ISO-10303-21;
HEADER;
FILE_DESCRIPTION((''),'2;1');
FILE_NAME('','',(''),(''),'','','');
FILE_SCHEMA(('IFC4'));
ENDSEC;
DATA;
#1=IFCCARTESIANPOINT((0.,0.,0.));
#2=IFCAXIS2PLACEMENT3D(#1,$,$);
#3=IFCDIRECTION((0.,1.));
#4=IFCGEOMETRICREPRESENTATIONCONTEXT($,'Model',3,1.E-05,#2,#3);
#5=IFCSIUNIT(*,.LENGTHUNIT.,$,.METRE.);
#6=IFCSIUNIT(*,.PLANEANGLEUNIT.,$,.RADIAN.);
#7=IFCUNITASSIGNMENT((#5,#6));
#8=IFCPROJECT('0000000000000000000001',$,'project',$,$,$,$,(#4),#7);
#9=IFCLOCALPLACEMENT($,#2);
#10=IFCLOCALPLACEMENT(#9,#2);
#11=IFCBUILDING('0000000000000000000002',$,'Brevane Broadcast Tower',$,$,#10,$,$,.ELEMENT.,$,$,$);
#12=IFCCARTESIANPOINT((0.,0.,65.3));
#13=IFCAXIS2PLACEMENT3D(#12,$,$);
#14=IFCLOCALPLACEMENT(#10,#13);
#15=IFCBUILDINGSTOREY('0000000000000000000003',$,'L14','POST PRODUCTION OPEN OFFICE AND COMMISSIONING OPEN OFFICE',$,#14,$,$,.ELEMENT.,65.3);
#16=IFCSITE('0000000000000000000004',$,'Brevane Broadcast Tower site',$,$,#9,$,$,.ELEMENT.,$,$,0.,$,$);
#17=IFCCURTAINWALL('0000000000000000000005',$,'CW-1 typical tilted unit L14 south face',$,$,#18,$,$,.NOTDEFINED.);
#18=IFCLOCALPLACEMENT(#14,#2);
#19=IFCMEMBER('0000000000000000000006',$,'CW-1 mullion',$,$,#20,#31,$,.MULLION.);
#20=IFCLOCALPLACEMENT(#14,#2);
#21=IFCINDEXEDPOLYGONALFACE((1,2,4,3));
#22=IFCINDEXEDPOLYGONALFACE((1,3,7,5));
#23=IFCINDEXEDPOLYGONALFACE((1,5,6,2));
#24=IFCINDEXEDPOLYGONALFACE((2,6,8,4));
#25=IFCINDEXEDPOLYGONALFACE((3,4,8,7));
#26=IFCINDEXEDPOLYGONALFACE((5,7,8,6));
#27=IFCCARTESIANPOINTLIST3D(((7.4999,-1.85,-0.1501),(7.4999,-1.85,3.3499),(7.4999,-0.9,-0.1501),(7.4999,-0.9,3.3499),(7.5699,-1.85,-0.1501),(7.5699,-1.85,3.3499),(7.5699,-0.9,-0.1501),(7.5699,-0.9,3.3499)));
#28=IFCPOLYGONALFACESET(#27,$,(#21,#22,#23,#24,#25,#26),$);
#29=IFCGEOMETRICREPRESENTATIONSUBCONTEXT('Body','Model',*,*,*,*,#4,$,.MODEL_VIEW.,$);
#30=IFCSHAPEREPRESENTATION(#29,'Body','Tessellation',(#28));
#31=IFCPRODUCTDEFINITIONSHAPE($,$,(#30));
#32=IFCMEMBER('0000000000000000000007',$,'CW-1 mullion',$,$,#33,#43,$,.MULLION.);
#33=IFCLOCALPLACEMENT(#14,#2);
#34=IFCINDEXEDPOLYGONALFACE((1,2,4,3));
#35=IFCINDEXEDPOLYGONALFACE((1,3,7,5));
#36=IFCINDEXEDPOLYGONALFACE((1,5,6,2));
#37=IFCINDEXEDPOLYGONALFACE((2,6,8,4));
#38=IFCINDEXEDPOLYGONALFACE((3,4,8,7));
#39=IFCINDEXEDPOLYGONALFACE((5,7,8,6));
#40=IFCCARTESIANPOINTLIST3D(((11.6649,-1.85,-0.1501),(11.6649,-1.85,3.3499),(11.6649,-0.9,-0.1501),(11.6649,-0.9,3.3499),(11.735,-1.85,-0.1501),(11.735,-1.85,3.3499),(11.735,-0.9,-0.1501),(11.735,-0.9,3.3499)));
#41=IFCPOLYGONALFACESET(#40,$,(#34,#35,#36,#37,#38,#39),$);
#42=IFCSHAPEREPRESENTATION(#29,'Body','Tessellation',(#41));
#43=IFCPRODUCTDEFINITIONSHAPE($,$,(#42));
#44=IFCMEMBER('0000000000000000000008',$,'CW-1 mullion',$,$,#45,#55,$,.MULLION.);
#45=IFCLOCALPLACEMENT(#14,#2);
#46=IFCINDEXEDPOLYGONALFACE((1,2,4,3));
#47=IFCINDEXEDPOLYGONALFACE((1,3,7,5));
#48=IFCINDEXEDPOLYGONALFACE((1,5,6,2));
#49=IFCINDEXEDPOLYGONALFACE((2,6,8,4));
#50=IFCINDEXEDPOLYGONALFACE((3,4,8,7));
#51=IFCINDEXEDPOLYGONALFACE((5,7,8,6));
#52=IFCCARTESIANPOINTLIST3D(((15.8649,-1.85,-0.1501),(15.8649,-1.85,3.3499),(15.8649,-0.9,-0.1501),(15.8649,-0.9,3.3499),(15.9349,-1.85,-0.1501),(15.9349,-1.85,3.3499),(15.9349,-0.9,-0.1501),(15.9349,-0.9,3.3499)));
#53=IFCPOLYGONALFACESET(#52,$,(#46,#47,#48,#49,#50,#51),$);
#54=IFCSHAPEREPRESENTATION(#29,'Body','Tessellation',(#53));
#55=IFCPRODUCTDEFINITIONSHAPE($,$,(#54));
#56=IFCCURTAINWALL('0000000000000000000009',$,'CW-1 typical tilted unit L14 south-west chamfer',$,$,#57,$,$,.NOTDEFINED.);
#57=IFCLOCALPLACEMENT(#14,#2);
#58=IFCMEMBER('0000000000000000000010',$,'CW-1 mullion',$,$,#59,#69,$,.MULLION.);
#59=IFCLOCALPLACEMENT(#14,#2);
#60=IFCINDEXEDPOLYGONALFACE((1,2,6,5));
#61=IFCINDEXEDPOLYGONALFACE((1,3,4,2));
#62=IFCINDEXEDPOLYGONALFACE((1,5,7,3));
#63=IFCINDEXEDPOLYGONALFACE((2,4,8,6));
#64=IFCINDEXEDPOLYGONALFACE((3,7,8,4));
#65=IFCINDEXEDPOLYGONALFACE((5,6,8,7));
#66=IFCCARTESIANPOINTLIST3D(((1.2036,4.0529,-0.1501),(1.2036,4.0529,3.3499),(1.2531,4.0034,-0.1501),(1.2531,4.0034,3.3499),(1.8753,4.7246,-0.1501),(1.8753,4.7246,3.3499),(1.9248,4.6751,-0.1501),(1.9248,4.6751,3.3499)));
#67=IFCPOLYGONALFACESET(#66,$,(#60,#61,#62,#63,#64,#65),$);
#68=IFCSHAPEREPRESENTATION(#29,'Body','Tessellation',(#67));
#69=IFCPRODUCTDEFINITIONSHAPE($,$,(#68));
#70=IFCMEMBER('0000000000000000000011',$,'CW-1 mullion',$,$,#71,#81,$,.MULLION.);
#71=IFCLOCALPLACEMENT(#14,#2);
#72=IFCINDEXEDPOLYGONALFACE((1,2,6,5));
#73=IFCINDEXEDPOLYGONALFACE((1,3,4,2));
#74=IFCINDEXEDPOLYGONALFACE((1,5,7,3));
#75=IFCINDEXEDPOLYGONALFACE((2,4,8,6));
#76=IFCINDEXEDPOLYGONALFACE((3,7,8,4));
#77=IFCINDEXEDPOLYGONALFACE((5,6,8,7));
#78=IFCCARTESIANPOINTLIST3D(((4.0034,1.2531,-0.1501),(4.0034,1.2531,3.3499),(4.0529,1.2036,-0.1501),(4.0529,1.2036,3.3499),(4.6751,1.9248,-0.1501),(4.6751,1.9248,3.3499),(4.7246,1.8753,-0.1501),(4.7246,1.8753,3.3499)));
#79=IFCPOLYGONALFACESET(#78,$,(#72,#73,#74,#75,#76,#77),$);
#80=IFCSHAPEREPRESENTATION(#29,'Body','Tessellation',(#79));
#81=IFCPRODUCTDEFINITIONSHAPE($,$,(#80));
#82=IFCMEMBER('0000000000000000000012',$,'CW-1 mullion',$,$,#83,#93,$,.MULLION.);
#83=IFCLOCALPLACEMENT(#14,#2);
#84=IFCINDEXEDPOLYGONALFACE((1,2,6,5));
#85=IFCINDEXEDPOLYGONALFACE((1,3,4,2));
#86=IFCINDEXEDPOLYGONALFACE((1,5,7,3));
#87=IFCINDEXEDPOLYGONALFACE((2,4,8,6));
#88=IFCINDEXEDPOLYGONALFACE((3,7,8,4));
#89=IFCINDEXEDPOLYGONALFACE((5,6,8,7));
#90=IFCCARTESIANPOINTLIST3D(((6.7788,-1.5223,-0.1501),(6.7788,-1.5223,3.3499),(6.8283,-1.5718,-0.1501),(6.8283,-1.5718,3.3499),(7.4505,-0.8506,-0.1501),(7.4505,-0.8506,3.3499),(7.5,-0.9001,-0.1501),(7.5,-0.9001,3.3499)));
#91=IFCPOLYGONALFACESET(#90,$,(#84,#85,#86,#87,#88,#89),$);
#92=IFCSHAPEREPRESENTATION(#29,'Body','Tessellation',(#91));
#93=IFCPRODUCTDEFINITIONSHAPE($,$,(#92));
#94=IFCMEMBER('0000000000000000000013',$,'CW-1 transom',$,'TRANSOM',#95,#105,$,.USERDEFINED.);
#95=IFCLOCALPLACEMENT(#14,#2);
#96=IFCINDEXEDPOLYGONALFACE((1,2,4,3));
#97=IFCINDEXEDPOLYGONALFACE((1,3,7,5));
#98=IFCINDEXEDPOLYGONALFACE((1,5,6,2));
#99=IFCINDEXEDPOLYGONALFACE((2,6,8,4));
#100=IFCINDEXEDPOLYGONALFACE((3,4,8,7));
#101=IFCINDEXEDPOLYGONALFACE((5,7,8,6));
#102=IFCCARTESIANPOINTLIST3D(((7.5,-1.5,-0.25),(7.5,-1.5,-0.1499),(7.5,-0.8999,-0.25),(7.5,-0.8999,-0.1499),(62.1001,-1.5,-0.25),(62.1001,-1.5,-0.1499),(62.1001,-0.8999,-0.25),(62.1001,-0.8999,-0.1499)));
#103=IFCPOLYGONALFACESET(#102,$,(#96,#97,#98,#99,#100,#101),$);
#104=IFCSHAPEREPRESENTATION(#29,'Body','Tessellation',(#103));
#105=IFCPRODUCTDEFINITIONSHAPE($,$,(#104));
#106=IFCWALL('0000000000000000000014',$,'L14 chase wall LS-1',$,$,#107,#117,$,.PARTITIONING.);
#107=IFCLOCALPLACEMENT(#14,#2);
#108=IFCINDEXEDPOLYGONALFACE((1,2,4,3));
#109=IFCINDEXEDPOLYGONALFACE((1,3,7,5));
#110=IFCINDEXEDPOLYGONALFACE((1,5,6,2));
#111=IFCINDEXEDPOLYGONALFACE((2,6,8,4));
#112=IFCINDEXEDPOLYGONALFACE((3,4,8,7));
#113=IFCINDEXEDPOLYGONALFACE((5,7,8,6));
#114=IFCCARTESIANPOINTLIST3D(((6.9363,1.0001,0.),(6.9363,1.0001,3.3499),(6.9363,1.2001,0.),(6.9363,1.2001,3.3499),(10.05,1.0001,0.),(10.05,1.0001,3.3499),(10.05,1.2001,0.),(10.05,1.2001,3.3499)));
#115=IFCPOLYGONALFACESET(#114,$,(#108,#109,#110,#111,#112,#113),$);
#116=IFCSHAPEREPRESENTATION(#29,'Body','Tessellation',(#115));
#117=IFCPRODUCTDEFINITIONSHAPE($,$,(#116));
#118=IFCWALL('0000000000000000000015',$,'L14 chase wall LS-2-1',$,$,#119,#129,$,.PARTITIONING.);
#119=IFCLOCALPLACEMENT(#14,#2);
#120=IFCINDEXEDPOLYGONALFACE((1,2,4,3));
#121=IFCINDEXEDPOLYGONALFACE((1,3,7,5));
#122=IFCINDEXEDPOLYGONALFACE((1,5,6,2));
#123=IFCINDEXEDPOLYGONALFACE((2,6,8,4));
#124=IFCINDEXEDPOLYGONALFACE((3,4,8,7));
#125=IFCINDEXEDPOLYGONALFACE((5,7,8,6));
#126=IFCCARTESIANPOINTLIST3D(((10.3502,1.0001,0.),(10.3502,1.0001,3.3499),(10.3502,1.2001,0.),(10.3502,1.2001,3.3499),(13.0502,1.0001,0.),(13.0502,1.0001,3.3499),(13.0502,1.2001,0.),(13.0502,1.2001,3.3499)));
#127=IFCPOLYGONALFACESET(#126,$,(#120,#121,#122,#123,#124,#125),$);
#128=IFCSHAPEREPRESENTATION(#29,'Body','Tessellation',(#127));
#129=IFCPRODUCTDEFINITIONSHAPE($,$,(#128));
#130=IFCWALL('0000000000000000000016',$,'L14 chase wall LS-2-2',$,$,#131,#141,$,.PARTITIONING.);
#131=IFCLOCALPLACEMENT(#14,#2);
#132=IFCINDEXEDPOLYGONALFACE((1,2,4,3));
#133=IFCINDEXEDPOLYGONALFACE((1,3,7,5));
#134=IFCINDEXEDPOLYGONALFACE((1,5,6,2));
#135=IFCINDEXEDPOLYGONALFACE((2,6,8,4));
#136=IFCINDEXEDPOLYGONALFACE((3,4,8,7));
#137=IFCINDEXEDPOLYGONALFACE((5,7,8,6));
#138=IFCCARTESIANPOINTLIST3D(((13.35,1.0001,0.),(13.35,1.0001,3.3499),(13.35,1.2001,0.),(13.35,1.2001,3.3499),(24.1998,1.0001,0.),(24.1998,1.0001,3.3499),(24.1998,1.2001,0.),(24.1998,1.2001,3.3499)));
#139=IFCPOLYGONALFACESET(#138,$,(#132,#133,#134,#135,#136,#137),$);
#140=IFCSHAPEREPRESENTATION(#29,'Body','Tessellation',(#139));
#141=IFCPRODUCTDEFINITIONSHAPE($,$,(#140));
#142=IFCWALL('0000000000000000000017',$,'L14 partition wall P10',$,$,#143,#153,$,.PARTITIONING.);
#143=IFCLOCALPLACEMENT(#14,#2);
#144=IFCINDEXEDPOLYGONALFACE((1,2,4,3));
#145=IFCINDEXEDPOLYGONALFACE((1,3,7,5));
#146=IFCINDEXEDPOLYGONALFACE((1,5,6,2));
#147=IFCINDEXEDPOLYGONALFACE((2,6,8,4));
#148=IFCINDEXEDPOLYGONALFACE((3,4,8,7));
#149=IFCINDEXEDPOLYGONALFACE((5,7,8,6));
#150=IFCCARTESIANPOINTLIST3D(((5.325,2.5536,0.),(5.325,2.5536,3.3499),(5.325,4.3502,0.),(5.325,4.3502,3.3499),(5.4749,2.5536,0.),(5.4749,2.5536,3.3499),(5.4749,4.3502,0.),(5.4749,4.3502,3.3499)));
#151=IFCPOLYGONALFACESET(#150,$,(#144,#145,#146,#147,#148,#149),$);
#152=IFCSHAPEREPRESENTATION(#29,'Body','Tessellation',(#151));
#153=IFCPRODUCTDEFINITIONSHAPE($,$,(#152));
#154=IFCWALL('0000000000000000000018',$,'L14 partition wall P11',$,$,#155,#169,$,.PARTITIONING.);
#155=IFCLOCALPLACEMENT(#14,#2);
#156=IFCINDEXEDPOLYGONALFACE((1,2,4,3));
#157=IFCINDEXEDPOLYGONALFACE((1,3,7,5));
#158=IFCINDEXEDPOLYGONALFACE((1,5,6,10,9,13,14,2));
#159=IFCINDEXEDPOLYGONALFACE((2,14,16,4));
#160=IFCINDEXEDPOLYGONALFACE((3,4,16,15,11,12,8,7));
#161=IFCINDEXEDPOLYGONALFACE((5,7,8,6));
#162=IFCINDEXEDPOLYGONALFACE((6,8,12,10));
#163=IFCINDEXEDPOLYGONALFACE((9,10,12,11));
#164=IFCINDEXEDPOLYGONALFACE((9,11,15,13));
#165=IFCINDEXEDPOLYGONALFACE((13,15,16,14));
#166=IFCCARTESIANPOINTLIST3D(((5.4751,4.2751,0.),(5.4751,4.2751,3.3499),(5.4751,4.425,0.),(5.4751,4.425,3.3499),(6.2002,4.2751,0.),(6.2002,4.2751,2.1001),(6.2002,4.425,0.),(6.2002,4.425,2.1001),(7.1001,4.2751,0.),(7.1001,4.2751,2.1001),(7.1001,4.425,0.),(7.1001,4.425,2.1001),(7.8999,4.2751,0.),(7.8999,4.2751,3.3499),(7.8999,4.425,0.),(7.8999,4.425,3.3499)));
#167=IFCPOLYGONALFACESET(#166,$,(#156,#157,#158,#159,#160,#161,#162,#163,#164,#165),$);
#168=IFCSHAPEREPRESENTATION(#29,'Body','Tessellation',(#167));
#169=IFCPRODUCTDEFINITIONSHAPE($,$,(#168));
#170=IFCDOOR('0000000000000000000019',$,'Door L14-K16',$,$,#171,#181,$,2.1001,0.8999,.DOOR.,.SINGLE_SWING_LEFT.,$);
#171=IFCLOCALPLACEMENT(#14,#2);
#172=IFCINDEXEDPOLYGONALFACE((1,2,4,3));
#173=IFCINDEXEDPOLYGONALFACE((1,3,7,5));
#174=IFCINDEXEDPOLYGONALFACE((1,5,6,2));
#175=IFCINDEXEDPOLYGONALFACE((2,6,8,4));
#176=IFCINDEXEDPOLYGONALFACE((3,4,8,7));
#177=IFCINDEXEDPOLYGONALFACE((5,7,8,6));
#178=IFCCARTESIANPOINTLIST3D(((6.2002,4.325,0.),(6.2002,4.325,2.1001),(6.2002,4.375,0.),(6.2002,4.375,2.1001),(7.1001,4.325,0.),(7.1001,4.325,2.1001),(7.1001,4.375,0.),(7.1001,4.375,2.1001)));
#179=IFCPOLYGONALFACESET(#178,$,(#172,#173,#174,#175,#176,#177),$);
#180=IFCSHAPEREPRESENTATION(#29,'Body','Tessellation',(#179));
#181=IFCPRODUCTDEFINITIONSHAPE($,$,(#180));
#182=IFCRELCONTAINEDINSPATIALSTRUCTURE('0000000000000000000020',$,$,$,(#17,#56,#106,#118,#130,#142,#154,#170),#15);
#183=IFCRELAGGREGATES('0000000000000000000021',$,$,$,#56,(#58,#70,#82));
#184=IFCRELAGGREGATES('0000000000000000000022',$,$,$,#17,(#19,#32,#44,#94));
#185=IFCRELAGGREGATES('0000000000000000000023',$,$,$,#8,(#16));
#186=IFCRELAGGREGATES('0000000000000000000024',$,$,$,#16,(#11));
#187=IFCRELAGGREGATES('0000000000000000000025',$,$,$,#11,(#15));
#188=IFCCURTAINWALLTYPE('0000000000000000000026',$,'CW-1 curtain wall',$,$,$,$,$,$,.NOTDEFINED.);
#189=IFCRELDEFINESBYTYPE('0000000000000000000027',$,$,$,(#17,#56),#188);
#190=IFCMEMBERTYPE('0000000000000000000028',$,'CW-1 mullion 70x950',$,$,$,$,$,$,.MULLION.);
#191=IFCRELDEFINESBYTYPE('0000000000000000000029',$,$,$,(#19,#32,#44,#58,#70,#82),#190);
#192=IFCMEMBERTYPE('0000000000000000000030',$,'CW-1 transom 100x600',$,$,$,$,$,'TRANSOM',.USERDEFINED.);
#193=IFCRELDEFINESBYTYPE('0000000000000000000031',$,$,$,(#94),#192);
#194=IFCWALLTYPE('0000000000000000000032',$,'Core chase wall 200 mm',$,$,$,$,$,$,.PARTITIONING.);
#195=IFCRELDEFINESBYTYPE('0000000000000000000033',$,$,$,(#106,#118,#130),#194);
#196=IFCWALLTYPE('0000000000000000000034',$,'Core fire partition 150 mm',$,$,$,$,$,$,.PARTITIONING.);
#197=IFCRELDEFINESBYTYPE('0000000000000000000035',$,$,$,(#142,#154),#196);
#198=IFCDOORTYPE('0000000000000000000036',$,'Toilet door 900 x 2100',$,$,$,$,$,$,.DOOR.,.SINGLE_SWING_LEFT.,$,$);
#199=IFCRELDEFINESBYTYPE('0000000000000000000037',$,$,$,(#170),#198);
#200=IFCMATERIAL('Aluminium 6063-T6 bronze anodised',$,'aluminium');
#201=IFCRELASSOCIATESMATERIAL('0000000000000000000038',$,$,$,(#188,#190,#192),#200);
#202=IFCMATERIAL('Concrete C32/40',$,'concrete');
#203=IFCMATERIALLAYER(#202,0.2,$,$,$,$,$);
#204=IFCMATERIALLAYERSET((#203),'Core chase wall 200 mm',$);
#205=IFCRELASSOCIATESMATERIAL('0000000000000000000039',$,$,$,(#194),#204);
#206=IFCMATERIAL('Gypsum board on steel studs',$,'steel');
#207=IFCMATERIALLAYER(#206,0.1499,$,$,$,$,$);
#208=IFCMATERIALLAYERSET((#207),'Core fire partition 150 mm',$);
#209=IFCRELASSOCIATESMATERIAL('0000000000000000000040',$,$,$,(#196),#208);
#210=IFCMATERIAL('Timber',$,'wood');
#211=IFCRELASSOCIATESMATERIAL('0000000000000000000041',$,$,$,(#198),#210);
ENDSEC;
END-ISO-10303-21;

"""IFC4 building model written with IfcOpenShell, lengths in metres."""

from ifc_helpers import new_model, si_unit, direction, frame, frame_2d, origin, origin_2d, place, context, subcontext, project, spatial, rectangle, extrude, material, layer, layer_set, material_profile, profile_set, type_object, element, fill, aggregate, save


model = new_model("IFC4")

# Units and contexts
model_context = context("Model", 3, precision=1e-05, world=origin(), true_north=direction((0.0, 1.0)))
body_context = subcontext(model_context, "Body", "Model", "MODEL_VIEW")
ifc_project = project(units=[si_unit("LENGTHUNIT", "METRE"), si_unit("PLANEANGLEUNIT", "RADIAN")], contexts=[model_context])

# Site, building, storey
site_placement = place(None, origin())
site = spatial("IfcSite", under=ifc_project, at=site_placement, Name="Brevane Broadcast Tower site", CompositionType="ELEMENT", RefElevation=0.0)
building_placement = place(site_placement, origin())
building = spatial("IfcBuilding", under=site, at=building_placement, Name="Brevane Broadcast Tower", CompositionType="ELEMENT")
storey_placement = place(building_placement, frame((0.0, 0.0, 65.3)))
storey = spatial("IfcBuildingStorey", under=building, at=storey_placement, Name="L14", Description="POST PRODUCTION OPEN OFFICE AND COMMISSIONING OPEN OFFICE", CompositionType="ELEMENT", Elevation=65.3)

# Curtain walls, members
ifc_material_1 = material(Name="Aluminium 6063-T6 bronze anodised", Category="aluminium")
curtain_wall_type = type_object("IfcCurtainWallType", Name="CW-1 curtain wall", PredefinedType="NOTDEFINED", material=ifc_material_1)
curtain_wall_1_placement = place(storey_placement, origin())
curtain_wall_1 = element("IfcCurtainWall", 1, at=curtain_wall_1_placement, inside=storey, type_object=curtain_wall_type, Name="CW-1 typical tilted unit L14 south face", PredefinedType="NOTDEFINED")
ifc_material_profile_1 = material_profile(ifc_material_1, rectangle(XDim=0.95, YDim=0.0701, at=origin_2d()), Name="RECT 70x950")
ifc_profile_set_1 = profile_set([ifc_material_profile_1], Name="Aluminium 6063-T6 bronze anodised")
member_type_1 = type_object("IfcMemberType", Name="CW-1 mullion 70x950", PredefinedType="MULLION", material=ifc_profile_set_1)
member_1_placement = place(storey_placement, frame((7.5349, -1.375, -0.1501), z_axis=(0.0, 0.0, 1.0), x_axis=(0.0, 1.0, 0.0)))
member_1 = element("IfcMember", 2, at=member_1_placement, type_object=member_type_1, Name="CW-1 mullion", PredefinedType="MULLION", context=body_context, shape_type="SweptSolid", body=[
    extrude(rectangle(XDim=0.95, YDim=0.0701, at=origin_2d()), origin(), (0.0, 0.0, 1.0), 3.5),
])
member_2_placement = place(storey_placement, frame((11.7, -1.375, -0.1501), z_axis=(0.0, 0.0, 1.0), x_axis=(0.0, 1.0, 0.0)))
member_2 = element("IfcMember", 3, at=member_2_placement, type_object=member_type_1, Name="CW-1 mullion", PredefinedType="MULLION", context=body_context, shape_type="SweptSolid", body=[
    extrude(rectangle(XDim=0.95, YDim=0.0701, at=origin_2d()), origin(), (0.0, 0.0, 1.0), 3.5),
])
member_3_placement = place(storey_placement, frame((15.8999, -1.375, -0.1501), z_axis=(0.0, 0.0, 1.0), x_axis=(0.0, 1.0, 0.0)))
member_3 = element("IfcMember", 4, at=member_3_placement, type_object=member_type_1, Name="CW-1 mullion", PredefinedType="MULLION", context=body_context, shape_type="SweptSolid", body=[
    extrude(rectangle(XDim=0.95, YDim=0.0701, at=origin_2d()), origin(), (0.0, 0.0, 1.0), 3.5),
])
curtain_wall_2_placement = place(storey_placement, origin())
curtain_wall_2 = element("IfcCurtainWall", 5, at=curtain_wall_2_placement, inside=storey, type_object=curtain_wall_type, Name="CW-1 typical tilted unit L14 south-west chamfer", PredefinedType="NOTDEFINED")
member_4_placement = place(storey_placement, frame((1.5642, 4.364, -0.1501), z_axis=(0.0, 0.0, 1.0), x_axis=(0.707107, 0.707107, 0.0)))
member_4 = element("IfcMember", 6, at=member_4_placement, type_object=member_type_1, Name="CW-1 mullion", PredefinedType="MULLION", context=body_context, shape_type="SweptSolid", body=[
    extrude(rectangle(XDim=0.95, YDim=0.0701, at=origin_2d()), origin(), (0.0, 0.0, 1.0), 3.5),
])
member_5_placement = place(storey_placement, frame((4.364, 1.5642, -0.1501), z_axis=(0.0, 0.0, 1.0), x_axis=(0.707107, 0.707107, 0.0)))
member_5 = element("IfcMember", 7, at=member_5_placement, type_object=member_type_1, Name="CW-1 mullion", PredefinedType="MULLION", context=body_context, shape_type="SweptSolid", body=[
    extrude(rectangle(XDim=0.95, YDim=0.0701, at=origin_2d()), origin(), (0.0, 0.0, 1.0), 3.5),
])
member_6_placement = place(storey_placement, frame((7.1394, -1.2112, -0.1501), z_axis=(0.0, 0.0, 1.0), x_axis=(0.707107, 0.707107, 0.0)))
member_6 = element("IfcMember", 8, at=member_6_placement, type_object=member_type_1, Name="CW-1 mullion", PredefinedType="MULLION", context=body_context, shape_type="SweptSolid", body=[
    extrude(rectangle(XDim=0.95, YDim=0.0701, at=origin_2d()), origin(), (0.0, 0.0, 1.0), 3.5),
])
aggregate(curtain_wall_2, [member_4, member_5, member_6])

# Member
ifc_material_profile_2 = material_profile(ifc_material_1, rectangle(XDim=0.6001, YDim=0.1001, at=origin_2d()), Name="RECT 100x600")
ifc_profile_set_2 = profile_set([ifc_material_profile_2], Name="Aluminium 6063-T6 bronze anodised")
member_type_2 = type_object("IfcMemberType", Name="CW-1 transom 100x600", ElementType="TRANSOM", PredefinedType="USERDEFINED", material=ifc_profile_set_2)
member_7_placement = place(storey_placement, frame((7.5, -1.2, -0.2), z_axis=(1.0, 0.0, 0.0), x_axis=(0.0, 1.0, 0.0)))
member_7 = element("IfcMember", 9, at=member_7_placement, type_object=member_type_2, Name="CW-1 transom", ObjectType="TRANSOM", PredefinedType="USERDEFINED", context=body_context, shape_type="SweptSolid", body=[
    extrude(rectangle(XDim=0.6001, YDim=0.1001, at=origin_2d()), origin(), (0.0, 0.0, 1.0), 54.6001),
])
aggregate(curtain_wall_1, [member_1, member_2, member_3, member_7])

# Walls
ifc_material_2 = material(Name="Concrete C32/40", Category="concrete")
ifc_layer_1 = layer(ifc_material_2, 0.2)
ifc_layer_set_1 = layer_set([ifc_layer_1], Name="Core chase wall 200 mm")
wall_type_1 = type_object("IfcWallType", Name="Core chase wall 200 mm", PredefinedType="PARTITIONING", material=ifc_layer_set_1)
wall_1_placement = place(storey_placement, frame((6.9363, 1.1001, 0.0), z_axis=(0.0, 0.0, 1.0), x_axis=(1.0, 0.0, 0.0)))
element("IfcWall", 10, at=wall_1_placement, inside=storey, type_object=wall_type_1, Name="L14 chase wall LS-1", PredefinedType="PARTITIONING", context=body_context, shape_type="SweptSolid", body=[
    extrude(rectangle(XDim=3.1138, YDim=0.2, at=frame_2d((1.5569, 0.0))), origin(), (0.0, 0.0, 1.0), 3.3499),
])
wall_2_placement = place(storey_placement, frame((10.3501, 1.1001, 0.0), z_axis=(0.0, 0.0, 1.0), x_axis=(1.0, 0.0, 0.0)))
element("IfcWall", 11, at=wall_2_placement, inside=storey, type_object=wall_type_1, Name="L14 chase wall LS-2-1", PredefinedType="PARTITIONING", context=body_context, shape_type="SweptSolid", body=[
    extrude(rectangle(XDim=2.7, YDim=0.2, at=frame_2d((1.3501, 0.0))), origin(), (0.0, 0.0, 1.0), 3.3499),
])
wall_3_placement = place(storey_placement, frame((13.3501, 1.1001, 0.0), z_axis=(0.0, 0.0, 1.0), x_axis=(1.0, 0.0, 0.0)))
element("IfcWall", 12, at=wall_3_placement, inside=storey, type_object=wall_type_1, Name="L14 chase wall LS-2-2", PredefinedType="PARTITIONING", context=body_context, shape_type="SweptSolid", body=[
    extrude(rectangle(XDim=10.8499, YDim=0.2, at=frame_2d((5.4248, 0.0))), origin(), (0.0, 0.0, 1.0), 3.3499),
])
ifc_material_3 = material(Name="Gypsum board on steel studs", Category="steel")
ifc_layer_2 = layer(ifc_material_3, 0.1499)
ifc_layer_set_2 = layer_set([ifc_layer_2], Name="Core fire partition 150 mm")
wall_type_2 = type_object("IfcWallType", Name="Core fire partition 150 mm", PredefinedType="PARTITIONING", material=ifc_layer_set_2)
wall_4_placement = place(storey_placement, frame((5.3999, 2.5535, 0.0), z_axis=(0.0, 0.0, 1.0), x_axis=(0.0, 1.0, 0.0)))
element("IfcWall", 13, at=wall_4_placement, inside=storey, type_object=wall_type_2, Name="L14 partition wall P10", PredefinedType="PARTITIONING", context=body_context, shape_type="SweptSolid", body=[
    extrude(rectangle(XDim=1.7966, YDim=0.1499, at=frame_2d((0.8984, 0.0))), origin(), (0.0, 0.0, 1.0), 3.3499),
])

# Wall, opening, door
wall_5_placement = place(storey_placement, frame((5.4751, 4.3501, 0.0), z_axis=(0.0, 0.0, 1.0), x_axis=(1.0, 0.0, 0.0)))
wall_5 = element("IfcWall", 14, at=wall_5_placement, inside=storey, type_object=wall_type_2, Name="L14 partition wall P11", PredefinedType="PARTITIONING", context=body_context, shape_type="SweptSolid", body=[
    extrude(rectangle(XDim=2.4248, YDim=0.1499, at=frame_2d((1.2124, 0.0))), origin(), (0.0, 0.0, 1.0), 3.3499),
])
opening_1_placement = place(wall_5_placement, frame((0.7251, 0.0, 0.0)))
opening_1 = element("IfcOpeningElement", 15, at=opening_1_placement, cuts=wall_5, PredefinedType="OPENING", context=body_context, shape_type="SweptSolid", body=[
    extrude(rectangle(XDim=0.8999, YDim=2.1001, at=frame_2d((0.45, 1.05))), frame((0.0, 0.085, 0.0), z_axis=(0.0, -1.0, 0.0), x_axis=(1.0, 0.0, 0.0)), (0.0, 0.0, 1.0), 0.1699),
])
ifc_material_4 = material(Name="Timber", Category="wood")
door_type_1 = type_object("IfcDoorType", Name="Toilet door 900 x 2100", OperationType="SINGLE_SWING_LEFT", PredefinedType="DOOR", material=ifc_material_4)
door_1_placement = place(opening_1_placement, origin())
door_1 = element("IfcDoor", 16, at=door_1_placement, inside=storey, type_object=door_type_1, Name="Door L14-K16", OperationType="SINGLE_SWING_LEFT", OverallHeight=2.1001, OverallWidth=0.8999, PredefinedType="DOOR", context=body_context, shape_type="SweptSolid", body=[
    extrude(rectangle(XDim=0.8999, YDim=2.1001, at=frame_2d((0.45, 1.05))), frame((0.0, 0.0249, 0.0), z_axis=(0.0, -1.0, 0.0), x_axis=(1.0, 0.0, 0.0)), (0.0, 0.0, 1.0), 0.05),
])
fill(opening_1, door_1)

save(model, "model.ifc")
